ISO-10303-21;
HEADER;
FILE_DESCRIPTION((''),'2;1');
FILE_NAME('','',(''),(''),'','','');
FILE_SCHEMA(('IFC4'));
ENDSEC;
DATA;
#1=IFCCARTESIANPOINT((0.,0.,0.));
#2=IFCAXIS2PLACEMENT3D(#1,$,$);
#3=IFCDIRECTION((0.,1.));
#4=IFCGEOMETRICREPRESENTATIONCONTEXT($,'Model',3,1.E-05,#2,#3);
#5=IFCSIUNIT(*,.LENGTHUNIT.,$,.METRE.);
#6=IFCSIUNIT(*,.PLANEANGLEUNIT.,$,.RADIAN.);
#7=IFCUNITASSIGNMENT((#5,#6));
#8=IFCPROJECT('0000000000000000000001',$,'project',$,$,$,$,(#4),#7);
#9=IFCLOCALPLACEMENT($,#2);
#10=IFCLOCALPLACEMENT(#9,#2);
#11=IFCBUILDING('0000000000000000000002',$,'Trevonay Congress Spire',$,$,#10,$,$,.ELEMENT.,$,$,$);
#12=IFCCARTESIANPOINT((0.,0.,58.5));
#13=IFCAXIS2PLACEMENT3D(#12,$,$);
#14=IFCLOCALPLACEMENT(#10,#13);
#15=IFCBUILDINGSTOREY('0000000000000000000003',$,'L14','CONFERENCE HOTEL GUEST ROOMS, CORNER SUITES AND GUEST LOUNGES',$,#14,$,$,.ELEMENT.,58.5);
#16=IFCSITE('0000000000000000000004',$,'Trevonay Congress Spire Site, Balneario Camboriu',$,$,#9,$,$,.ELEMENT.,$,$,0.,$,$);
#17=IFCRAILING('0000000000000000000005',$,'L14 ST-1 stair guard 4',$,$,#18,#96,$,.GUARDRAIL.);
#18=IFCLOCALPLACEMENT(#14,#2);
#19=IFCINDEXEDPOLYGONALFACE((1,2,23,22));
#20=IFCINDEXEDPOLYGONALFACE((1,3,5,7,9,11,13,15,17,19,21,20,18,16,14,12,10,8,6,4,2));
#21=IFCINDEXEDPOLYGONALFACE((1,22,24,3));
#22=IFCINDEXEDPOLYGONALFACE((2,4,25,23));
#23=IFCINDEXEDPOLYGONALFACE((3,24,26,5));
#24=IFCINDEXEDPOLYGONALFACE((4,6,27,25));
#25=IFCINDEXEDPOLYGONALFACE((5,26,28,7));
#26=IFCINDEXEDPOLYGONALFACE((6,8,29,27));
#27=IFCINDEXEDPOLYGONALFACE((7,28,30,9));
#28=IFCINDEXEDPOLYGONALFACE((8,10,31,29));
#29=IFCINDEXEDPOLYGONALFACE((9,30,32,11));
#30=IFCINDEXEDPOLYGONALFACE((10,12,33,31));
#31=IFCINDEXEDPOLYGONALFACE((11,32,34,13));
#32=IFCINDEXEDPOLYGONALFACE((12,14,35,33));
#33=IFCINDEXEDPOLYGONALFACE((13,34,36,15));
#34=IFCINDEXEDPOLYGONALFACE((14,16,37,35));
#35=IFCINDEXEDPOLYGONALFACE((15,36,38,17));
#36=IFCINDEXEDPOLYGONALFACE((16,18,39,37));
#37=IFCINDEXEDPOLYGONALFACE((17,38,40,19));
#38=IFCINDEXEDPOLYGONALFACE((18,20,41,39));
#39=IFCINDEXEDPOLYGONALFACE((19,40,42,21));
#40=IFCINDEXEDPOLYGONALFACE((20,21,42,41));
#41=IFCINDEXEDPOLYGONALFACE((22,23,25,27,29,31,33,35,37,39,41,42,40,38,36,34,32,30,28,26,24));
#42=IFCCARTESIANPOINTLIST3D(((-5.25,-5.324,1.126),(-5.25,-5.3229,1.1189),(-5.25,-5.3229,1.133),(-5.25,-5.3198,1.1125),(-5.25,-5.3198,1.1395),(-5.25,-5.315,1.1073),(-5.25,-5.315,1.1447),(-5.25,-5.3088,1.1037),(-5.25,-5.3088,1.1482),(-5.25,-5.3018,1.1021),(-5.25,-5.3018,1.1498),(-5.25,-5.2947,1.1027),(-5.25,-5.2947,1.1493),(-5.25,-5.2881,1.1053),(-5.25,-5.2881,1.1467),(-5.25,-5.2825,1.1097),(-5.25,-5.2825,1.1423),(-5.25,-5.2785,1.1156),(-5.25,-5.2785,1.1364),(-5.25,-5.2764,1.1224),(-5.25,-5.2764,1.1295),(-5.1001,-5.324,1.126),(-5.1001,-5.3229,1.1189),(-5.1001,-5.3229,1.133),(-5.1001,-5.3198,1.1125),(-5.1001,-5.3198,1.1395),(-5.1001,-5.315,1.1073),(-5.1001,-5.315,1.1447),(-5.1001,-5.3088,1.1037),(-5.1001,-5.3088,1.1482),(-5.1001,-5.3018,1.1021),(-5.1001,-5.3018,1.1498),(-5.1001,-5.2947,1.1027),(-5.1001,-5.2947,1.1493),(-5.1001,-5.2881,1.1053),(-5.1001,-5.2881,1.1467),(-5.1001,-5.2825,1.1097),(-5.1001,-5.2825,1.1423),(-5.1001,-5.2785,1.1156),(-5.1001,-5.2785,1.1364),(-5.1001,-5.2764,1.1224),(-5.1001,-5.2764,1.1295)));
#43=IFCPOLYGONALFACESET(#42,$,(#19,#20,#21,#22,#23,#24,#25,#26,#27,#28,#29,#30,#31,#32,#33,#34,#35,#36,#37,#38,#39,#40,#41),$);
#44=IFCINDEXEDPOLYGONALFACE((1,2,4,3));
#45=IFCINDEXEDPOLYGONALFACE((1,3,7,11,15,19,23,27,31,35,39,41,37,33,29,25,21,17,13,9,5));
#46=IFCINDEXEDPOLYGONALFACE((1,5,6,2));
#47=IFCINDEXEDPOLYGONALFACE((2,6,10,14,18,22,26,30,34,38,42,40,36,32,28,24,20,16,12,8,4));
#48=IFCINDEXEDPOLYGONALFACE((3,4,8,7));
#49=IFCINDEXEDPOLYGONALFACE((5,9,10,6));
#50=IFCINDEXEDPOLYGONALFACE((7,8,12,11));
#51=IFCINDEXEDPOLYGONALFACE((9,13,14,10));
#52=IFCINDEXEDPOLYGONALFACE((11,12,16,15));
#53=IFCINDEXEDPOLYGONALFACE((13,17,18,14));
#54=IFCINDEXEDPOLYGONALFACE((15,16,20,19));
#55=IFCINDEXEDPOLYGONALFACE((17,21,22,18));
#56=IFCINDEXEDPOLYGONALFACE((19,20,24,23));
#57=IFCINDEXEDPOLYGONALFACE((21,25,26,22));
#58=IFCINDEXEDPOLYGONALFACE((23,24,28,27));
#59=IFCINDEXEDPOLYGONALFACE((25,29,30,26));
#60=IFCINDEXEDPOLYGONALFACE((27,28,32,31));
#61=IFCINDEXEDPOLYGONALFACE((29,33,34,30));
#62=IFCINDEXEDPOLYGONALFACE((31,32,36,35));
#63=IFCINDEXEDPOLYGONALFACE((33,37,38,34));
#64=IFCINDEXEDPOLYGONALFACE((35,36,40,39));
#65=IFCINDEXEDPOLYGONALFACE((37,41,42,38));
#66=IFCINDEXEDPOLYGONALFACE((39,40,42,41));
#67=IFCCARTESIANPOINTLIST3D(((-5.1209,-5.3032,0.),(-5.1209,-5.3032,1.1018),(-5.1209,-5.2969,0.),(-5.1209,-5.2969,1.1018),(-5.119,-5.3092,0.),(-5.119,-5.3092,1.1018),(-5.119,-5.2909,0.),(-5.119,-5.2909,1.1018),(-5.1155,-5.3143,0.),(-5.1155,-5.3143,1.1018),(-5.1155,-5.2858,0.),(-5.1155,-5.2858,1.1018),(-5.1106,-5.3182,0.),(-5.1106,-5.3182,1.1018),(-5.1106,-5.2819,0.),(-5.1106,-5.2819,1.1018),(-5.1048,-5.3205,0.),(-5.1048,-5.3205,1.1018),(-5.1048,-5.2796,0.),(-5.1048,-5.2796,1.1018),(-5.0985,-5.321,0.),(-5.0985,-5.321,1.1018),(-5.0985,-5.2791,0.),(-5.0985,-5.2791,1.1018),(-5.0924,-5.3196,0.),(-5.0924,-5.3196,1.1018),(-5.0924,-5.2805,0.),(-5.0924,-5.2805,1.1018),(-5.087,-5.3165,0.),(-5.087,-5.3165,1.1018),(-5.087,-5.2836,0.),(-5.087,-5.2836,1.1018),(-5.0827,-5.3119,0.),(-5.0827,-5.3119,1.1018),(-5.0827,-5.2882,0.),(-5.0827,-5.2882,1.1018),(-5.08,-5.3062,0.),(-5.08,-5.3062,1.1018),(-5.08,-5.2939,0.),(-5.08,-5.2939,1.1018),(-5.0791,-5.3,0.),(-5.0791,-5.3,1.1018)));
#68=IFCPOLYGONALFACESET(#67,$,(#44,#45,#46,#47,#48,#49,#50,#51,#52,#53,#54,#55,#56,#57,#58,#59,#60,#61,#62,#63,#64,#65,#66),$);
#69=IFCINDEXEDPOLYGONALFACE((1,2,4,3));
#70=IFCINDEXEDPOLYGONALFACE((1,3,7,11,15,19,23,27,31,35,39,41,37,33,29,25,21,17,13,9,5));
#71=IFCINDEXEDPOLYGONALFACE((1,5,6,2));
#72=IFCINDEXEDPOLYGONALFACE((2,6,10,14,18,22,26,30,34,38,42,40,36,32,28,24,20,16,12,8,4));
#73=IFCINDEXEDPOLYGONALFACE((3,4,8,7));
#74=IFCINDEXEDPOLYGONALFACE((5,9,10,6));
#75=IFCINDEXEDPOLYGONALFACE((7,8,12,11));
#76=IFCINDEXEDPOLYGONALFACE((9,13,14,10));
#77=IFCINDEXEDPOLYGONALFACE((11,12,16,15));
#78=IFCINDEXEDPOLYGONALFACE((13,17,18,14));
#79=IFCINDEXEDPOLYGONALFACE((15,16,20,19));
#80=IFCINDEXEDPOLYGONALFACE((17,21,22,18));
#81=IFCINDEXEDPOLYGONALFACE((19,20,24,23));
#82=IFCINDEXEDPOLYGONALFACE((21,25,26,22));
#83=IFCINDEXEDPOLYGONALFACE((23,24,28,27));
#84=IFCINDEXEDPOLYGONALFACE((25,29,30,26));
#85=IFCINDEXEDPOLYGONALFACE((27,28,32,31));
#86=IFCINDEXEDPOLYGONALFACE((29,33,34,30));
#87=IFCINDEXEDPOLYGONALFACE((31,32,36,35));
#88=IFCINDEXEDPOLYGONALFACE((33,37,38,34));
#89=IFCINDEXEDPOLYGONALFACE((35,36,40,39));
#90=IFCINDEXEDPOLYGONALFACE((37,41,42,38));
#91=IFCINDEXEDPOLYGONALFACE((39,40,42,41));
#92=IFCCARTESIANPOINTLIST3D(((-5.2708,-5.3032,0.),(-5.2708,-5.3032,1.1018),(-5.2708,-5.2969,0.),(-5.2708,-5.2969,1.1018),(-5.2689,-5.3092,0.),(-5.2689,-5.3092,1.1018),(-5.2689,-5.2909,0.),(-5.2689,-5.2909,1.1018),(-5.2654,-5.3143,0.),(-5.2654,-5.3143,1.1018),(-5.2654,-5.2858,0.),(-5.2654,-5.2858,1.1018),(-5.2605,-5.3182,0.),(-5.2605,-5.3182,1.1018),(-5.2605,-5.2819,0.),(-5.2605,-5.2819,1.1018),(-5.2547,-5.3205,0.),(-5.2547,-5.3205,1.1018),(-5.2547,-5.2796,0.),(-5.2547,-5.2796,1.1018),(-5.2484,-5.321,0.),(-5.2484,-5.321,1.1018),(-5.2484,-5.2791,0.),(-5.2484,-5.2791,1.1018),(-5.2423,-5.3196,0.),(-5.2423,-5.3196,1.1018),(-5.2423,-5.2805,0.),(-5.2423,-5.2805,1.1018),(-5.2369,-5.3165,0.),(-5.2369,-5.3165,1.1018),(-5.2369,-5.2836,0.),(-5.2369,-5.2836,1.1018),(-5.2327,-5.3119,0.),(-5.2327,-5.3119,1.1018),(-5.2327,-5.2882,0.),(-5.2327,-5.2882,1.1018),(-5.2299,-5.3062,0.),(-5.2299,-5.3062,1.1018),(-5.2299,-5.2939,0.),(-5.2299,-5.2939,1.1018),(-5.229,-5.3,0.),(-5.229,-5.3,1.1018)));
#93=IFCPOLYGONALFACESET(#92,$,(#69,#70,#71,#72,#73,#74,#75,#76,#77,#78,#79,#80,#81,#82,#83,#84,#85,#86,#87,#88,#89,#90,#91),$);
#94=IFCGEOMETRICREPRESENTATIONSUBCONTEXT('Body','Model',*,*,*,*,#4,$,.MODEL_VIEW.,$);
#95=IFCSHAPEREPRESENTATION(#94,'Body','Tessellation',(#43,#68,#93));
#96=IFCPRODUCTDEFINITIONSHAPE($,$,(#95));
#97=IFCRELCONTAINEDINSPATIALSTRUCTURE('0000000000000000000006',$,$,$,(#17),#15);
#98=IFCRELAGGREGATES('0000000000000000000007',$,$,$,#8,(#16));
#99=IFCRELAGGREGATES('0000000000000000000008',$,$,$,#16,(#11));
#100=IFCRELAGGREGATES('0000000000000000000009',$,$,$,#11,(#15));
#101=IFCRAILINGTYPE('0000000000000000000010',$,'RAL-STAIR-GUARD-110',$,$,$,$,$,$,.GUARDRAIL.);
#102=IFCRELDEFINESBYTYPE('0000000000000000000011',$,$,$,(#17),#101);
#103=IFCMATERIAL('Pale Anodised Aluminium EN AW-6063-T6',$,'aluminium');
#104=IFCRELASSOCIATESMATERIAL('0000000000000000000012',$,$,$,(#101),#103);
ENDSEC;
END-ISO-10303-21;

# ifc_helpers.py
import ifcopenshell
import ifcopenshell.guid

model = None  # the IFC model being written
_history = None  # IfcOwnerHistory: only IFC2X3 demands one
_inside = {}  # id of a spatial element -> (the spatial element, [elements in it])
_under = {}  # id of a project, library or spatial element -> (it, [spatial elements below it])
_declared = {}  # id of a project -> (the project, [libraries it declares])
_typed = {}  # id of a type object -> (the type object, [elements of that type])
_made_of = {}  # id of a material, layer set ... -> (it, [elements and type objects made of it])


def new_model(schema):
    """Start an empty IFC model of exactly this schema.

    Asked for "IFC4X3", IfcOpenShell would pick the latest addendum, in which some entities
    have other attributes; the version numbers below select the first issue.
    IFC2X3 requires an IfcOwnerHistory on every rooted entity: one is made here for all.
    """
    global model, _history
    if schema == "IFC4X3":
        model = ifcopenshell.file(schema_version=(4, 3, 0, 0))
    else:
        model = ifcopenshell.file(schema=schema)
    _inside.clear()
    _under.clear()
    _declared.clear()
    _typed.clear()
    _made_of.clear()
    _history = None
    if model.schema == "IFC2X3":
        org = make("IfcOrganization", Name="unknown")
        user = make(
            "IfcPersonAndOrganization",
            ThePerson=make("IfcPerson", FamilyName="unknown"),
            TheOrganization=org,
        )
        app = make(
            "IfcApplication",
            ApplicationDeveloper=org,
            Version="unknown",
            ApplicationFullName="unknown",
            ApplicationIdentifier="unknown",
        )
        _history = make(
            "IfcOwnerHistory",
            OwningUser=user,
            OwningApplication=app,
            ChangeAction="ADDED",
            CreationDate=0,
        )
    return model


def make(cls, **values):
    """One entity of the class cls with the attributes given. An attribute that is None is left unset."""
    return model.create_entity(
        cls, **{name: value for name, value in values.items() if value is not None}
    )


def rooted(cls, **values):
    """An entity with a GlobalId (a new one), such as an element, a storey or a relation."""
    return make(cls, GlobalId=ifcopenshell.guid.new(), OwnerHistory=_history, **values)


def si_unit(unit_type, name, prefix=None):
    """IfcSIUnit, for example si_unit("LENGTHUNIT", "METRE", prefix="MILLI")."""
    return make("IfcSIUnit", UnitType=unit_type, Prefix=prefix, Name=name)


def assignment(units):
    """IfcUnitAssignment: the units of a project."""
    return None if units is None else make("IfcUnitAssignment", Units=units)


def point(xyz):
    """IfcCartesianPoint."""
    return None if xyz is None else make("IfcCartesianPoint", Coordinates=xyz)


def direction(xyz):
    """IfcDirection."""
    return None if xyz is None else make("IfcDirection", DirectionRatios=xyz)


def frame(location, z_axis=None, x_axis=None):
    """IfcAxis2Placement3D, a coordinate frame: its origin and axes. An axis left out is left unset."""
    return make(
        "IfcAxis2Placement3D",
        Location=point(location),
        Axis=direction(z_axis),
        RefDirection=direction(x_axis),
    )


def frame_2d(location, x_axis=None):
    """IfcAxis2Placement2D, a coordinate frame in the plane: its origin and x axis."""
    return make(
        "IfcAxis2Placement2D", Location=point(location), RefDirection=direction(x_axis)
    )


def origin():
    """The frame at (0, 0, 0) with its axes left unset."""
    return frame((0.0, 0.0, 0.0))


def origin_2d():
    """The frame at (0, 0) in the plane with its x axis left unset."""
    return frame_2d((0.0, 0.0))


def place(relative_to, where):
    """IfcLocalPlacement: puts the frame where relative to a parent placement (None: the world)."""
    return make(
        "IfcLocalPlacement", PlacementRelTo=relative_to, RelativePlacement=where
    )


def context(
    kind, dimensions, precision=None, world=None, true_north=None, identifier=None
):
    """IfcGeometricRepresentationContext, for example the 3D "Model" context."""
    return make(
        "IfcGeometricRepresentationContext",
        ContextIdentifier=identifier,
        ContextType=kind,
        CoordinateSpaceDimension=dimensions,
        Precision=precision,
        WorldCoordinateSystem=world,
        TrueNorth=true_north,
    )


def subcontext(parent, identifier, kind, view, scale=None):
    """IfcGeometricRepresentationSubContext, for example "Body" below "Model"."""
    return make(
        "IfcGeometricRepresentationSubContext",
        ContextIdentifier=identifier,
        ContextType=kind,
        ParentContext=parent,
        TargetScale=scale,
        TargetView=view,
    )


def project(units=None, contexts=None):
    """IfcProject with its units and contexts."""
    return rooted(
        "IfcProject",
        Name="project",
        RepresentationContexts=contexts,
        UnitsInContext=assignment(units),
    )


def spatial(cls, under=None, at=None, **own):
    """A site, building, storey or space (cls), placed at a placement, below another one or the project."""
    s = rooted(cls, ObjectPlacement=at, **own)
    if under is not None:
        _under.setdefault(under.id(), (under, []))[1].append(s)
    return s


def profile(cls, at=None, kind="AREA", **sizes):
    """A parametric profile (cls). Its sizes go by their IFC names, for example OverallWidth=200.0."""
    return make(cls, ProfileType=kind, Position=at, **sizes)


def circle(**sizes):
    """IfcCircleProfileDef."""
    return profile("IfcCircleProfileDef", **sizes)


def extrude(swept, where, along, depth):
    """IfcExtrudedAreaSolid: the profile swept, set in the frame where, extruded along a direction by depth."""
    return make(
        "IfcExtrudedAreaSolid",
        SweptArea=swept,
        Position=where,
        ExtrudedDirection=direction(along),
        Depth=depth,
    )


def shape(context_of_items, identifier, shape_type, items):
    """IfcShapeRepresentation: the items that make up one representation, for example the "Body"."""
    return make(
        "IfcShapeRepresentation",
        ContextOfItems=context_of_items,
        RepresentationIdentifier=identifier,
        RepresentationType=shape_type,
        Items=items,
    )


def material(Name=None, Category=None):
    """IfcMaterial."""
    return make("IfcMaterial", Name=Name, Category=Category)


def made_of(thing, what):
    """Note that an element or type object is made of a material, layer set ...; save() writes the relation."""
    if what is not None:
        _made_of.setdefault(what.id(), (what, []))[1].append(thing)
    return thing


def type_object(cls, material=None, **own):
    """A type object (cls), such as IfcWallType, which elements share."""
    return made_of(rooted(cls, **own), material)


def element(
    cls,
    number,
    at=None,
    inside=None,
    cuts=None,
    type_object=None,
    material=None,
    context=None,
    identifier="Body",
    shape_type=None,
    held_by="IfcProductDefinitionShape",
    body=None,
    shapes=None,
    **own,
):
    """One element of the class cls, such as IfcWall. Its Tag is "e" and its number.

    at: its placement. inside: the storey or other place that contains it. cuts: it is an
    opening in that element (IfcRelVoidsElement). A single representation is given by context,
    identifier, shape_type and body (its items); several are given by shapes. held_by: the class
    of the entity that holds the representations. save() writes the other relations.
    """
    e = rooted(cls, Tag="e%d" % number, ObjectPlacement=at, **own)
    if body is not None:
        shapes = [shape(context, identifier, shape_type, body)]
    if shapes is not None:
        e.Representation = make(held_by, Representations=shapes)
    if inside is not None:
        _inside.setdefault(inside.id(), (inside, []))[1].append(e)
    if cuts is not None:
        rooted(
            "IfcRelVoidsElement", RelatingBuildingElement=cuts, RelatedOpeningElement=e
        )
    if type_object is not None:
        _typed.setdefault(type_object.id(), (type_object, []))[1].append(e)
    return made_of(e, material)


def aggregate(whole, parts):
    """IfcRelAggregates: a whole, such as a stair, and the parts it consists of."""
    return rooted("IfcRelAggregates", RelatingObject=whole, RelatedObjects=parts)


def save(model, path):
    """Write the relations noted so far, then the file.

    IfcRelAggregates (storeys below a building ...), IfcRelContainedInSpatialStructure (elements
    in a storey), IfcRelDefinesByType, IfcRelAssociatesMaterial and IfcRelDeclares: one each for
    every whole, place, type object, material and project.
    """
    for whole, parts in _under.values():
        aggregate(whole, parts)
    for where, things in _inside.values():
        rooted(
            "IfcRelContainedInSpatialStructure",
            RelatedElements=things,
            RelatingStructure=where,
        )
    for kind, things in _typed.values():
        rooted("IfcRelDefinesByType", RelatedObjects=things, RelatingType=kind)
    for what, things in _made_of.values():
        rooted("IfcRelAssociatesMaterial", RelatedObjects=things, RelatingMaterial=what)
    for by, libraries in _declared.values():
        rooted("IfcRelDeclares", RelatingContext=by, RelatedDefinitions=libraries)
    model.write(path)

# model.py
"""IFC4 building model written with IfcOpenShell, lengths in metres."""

from ifc_helpers import new_model, si_unit, direction, frame, origin, origin_2d, place, context, subcontext, project, spatial, circle, extrude, material, type_object, element, save


model = new_model("IFC4")

# Units and contexts
model_context = context("Model", 3, precision=1e-05, world=origin(), true_north=direction((0.0, 1.0)))
body_context = subcontext(model_context, "Body", "Model", "MODEL_VIEW")
ifc_project = project(units=[si_unit("LENGTHUNIT", "METRE"), si_unit("PLANEANGLEUNIT", "RADIAN")], contexts=[model_context])

# Site, building, storey
site_placement = place(None, origin())
site = spatial("IfcSite", under=ifc_project, at=site_placement, Name="Trevonay Congress Spire Site, Balneario Camboriu", CompositionType="ELEMENT", RefElevation=0.0)
building_placement = place(site_placement, origin())
building = spatial("IfcBuilding", under=site, at=building_placement, Name="Trevonay Congress Spire", CompositionType="ELEMENT")
storey_placement = place(building_placement, frame((0.0, 0.0, 58.5)))
storey = spatial("IfcBuildingStorey", under=building, at=storey_placement, Name="L14", Description="CONFERENCE HOTEL GUEST ROOMS, CORNER SUITES AND GUEST LOUNGES", CompositionType="ELEMENT", Elevation=58.5)

# Shared definitions
ifc_material_1 = material(Name="Pale Anodised Aluminium EN AW-6063-T6", Category="aluminium")

# Railing
railing_type_1 = type_object("IfcRailingType", Name="RAL-STAIR-GUARD-110", PredefinedType="GUARDRAIL", material=ifc_material_1)
railing_1_placement = place(storey_placement, frame((-5.1001, -5.3, 0.0)))
element("IfcRailing", 1, at=railing_1_placement, inside=storey, type_object=railing_type_1, Name="L14 ST-1 stair guard 4", PredefinedType="GUARDRAIL", context=body_context, shape_type="SweptSolid", body=[
    extrude(circle(Radius=0.0239, at=origin_2d()), frame((0.0, 0.0, 1.126), z_axis=(-1.0, 0.0, 0.0), x_axis=(0.0, -1.0, 0.0)), (0.0, 0.0, 1.0), 0.1499),
    extrude(circle(Radius=0.021, at=origin_2d()), origin(), (0.0, 0.0, 1.0), 1.1018),
    extrude(circle(Radius=0.021, at=origin_2d()), frame((-0.1499, 0.0, 0.0)), (0.0, 0.0, 1.0), 1.1018),
])

save(model, "model.ifc")
